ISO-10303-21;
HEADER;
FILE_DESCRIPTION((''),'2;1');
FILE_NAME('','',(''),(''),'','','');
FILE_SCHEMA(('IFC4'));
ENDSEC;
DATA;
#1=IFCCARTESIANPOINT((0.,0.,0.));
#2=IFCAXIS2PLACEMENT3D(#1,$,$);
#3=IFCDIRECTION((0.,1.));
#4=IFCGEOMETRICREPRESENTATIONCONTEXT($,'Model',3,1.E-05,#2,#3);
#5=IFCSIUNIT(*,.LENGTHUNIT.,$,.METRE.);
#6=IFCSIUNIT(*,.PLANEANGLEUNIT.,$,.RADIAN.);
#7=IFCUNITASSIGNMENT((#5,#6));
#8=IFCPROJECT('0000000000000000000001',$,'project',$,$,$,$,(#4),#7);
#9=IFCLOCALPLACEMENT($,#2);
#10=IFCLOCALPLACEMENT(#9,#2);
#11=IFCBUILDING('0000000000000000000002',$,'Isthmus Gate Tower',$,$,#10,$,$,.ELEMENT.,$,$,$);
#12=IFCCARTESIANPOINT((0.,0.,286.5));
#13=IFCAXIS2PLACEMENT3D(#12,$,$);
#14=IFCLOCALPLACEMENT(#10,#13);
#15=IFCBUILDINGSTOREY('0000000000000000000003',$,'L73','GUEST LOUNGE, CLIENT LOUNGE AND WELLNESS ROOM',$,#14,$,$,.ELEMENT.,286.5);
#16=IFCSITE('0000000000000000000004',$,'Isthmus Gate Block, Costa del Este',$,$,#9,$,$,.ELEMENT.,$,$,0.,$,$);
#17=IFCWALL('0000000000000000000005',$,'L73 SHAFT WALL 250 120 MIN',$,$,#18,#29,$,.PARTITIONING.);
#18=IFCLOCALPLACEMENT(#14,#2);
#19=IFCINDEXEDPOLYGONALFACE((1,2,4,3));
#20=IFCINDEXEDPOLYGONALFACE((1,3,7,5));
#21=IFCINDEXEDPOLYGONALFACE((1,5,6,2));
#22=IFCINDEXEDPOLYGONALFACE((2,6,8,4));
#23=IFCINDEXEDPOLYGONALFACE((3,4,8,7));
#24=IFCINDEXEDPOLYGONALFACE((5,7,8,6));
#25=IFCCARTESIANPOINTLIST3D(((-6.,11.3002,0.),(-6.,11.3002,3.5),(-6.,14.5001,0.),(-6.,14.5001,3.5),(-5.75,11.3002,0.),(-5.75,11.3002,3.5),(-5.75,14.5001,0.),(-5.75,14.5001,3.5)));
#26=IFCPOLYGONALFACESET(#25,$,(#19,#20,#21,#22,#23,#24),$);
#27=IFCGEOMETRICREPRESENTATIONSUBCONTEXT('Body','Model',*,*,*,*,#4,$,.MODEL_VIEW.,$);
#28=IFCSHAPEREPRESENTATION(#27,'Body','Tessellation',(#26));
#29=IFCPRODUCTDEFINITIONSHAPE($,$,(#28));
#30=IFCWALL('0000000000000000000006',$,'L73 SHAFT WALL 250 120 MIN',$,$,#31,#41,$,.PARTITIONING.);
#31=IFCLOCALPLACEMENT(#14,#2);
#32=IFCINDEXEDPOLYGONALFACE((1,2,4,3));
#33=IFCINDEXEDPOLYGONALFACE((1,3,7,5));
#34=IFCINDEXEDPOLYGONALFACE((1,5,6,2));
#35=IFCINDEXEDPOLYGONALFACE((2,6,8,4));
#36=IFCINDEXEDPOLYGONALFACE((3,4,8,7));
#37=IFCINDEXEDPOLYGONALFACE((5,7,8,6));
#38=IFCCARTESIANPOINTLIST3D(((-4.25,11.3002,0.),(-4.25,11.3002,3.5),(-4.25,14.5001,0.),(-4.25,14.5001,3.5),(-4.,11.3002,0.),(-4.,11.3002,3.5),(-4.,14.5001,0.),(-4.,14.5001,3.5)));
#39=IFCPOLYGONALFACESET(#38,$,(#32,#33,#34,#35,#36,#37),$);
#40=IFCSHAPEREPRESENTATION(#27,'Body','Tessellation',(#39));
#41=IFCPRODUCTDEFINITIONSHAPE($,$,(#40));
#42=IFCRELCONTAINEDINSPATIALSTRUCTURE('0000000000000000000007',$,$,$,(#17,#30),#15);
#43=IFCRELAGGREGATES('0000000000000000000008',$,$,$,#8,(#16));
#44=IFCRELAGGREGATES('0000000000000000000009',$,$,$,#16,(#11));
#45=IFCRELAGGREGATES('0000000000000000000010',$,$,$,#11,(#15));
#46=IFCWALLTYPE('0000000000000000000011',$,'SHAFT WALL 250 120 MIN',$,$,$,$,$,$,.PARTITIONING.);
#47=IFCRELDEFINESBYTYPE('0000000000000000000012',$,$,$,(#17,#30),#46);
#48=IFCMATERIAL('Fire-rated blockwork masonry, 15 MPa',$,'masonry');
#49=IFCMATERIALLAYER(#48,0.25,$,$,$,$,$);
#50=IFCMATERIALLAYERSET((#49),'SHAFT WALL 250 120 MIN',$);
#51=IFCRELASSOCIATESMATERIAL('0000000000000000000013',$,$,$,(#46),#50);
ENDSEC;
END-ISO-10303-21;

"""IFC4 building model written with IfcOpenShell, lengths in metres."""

from ifc_helpers import new_model, si_unit, direction, frame, frame_2d, origin, place, context, subcontext, project, spatial, rectangle, extrude, material, layer, layer_set, type_object, element, save


model = new_model("IFC4")

# Units and contexts
model_context = context("Model", 3, precision=1e-05, world=origin(), true_north=direction((0.0, 1.0)))
body_context = subcontext(model_context, "Body", "Model", "MODEL_VIEW")
ifc_project = project(units=[si_unit("LENGTHUNIT", "METRE"), si_unit("PLANEANGLEUNIT", "RADIAN")], contexts=[model_context])

# Site, building, storey
site_placement = place(None, origin())
site = spatial("IfcSite", under=ifc_project, at=site_placement, Name="Isthmus Gate Block, Costa del Este", CompositionType="ELEMENT", RefElevation=0.0)
building_placement = place(site_placement, origin())
building = spatial("IfcBuilding", under=site, at=building_placement, Name="Isthmus Gate Tower", CompositionType="ELEMENT")
storey_placement = place(building_placement, frame((0.0, 0.0, 286.5)))
storey = spatial("IfcBuildingStorey", under=building, at=storey_placement, Name="L73", Description="GUEST LOUNGE, CLIENT LOUNGE AND WELLNESS ROOM", CompositionType="ELEMENT", Elevation=286.5)

# Walls
ifc_material_1 = material(Name="Fire-rated blockwork masonry, 15 MPa", Category="masonry")
ifc_layer_1 = layer(ifc_material_1, 0.25)
ifc_layer_set_1 = layer_set([ifc_layer_1], Name="SHAFT WALL 250 120 MIN")
wall_type_1 = type_object("IfcWallType", Name="SHAFT WALL 250 120 MIN", PredefinedType="PARTITIONING", material=ifc_layer_set_1)
for number, where, z_axis, x_axis, name in (
    (1, (-5.875, 11.3, 0.0), (0.0, 0.0, 1.0), (0.0, 1.0, 0.0), "L73 SHAFT WALL 250 120 MIN"),
    (2, (-4.125, 11.3, 0.0), (0.0, 0.0, 1.0), (0.0, 1.0, 0.0), "L73 SHAFT WALL 250 120 MIN"),
):
    element("IfcWall", number, at=place(storey_placement, frame(where, z_axis=z_axis, x_axis=x_axis)), inside=storey, type_object=wall_type_1, Name=name, PredefinedType="PARTITIONING", context=body_context, shape_type="SweptSolid", body=[
        extrude(rectangle(XDim=3.2, YDim=0.25, at=frame_2d((1.6001, 0.0))), origin(), (0.0, 0.0, 1.0), 3.5),
    ])

save(model, "model.ifc")
